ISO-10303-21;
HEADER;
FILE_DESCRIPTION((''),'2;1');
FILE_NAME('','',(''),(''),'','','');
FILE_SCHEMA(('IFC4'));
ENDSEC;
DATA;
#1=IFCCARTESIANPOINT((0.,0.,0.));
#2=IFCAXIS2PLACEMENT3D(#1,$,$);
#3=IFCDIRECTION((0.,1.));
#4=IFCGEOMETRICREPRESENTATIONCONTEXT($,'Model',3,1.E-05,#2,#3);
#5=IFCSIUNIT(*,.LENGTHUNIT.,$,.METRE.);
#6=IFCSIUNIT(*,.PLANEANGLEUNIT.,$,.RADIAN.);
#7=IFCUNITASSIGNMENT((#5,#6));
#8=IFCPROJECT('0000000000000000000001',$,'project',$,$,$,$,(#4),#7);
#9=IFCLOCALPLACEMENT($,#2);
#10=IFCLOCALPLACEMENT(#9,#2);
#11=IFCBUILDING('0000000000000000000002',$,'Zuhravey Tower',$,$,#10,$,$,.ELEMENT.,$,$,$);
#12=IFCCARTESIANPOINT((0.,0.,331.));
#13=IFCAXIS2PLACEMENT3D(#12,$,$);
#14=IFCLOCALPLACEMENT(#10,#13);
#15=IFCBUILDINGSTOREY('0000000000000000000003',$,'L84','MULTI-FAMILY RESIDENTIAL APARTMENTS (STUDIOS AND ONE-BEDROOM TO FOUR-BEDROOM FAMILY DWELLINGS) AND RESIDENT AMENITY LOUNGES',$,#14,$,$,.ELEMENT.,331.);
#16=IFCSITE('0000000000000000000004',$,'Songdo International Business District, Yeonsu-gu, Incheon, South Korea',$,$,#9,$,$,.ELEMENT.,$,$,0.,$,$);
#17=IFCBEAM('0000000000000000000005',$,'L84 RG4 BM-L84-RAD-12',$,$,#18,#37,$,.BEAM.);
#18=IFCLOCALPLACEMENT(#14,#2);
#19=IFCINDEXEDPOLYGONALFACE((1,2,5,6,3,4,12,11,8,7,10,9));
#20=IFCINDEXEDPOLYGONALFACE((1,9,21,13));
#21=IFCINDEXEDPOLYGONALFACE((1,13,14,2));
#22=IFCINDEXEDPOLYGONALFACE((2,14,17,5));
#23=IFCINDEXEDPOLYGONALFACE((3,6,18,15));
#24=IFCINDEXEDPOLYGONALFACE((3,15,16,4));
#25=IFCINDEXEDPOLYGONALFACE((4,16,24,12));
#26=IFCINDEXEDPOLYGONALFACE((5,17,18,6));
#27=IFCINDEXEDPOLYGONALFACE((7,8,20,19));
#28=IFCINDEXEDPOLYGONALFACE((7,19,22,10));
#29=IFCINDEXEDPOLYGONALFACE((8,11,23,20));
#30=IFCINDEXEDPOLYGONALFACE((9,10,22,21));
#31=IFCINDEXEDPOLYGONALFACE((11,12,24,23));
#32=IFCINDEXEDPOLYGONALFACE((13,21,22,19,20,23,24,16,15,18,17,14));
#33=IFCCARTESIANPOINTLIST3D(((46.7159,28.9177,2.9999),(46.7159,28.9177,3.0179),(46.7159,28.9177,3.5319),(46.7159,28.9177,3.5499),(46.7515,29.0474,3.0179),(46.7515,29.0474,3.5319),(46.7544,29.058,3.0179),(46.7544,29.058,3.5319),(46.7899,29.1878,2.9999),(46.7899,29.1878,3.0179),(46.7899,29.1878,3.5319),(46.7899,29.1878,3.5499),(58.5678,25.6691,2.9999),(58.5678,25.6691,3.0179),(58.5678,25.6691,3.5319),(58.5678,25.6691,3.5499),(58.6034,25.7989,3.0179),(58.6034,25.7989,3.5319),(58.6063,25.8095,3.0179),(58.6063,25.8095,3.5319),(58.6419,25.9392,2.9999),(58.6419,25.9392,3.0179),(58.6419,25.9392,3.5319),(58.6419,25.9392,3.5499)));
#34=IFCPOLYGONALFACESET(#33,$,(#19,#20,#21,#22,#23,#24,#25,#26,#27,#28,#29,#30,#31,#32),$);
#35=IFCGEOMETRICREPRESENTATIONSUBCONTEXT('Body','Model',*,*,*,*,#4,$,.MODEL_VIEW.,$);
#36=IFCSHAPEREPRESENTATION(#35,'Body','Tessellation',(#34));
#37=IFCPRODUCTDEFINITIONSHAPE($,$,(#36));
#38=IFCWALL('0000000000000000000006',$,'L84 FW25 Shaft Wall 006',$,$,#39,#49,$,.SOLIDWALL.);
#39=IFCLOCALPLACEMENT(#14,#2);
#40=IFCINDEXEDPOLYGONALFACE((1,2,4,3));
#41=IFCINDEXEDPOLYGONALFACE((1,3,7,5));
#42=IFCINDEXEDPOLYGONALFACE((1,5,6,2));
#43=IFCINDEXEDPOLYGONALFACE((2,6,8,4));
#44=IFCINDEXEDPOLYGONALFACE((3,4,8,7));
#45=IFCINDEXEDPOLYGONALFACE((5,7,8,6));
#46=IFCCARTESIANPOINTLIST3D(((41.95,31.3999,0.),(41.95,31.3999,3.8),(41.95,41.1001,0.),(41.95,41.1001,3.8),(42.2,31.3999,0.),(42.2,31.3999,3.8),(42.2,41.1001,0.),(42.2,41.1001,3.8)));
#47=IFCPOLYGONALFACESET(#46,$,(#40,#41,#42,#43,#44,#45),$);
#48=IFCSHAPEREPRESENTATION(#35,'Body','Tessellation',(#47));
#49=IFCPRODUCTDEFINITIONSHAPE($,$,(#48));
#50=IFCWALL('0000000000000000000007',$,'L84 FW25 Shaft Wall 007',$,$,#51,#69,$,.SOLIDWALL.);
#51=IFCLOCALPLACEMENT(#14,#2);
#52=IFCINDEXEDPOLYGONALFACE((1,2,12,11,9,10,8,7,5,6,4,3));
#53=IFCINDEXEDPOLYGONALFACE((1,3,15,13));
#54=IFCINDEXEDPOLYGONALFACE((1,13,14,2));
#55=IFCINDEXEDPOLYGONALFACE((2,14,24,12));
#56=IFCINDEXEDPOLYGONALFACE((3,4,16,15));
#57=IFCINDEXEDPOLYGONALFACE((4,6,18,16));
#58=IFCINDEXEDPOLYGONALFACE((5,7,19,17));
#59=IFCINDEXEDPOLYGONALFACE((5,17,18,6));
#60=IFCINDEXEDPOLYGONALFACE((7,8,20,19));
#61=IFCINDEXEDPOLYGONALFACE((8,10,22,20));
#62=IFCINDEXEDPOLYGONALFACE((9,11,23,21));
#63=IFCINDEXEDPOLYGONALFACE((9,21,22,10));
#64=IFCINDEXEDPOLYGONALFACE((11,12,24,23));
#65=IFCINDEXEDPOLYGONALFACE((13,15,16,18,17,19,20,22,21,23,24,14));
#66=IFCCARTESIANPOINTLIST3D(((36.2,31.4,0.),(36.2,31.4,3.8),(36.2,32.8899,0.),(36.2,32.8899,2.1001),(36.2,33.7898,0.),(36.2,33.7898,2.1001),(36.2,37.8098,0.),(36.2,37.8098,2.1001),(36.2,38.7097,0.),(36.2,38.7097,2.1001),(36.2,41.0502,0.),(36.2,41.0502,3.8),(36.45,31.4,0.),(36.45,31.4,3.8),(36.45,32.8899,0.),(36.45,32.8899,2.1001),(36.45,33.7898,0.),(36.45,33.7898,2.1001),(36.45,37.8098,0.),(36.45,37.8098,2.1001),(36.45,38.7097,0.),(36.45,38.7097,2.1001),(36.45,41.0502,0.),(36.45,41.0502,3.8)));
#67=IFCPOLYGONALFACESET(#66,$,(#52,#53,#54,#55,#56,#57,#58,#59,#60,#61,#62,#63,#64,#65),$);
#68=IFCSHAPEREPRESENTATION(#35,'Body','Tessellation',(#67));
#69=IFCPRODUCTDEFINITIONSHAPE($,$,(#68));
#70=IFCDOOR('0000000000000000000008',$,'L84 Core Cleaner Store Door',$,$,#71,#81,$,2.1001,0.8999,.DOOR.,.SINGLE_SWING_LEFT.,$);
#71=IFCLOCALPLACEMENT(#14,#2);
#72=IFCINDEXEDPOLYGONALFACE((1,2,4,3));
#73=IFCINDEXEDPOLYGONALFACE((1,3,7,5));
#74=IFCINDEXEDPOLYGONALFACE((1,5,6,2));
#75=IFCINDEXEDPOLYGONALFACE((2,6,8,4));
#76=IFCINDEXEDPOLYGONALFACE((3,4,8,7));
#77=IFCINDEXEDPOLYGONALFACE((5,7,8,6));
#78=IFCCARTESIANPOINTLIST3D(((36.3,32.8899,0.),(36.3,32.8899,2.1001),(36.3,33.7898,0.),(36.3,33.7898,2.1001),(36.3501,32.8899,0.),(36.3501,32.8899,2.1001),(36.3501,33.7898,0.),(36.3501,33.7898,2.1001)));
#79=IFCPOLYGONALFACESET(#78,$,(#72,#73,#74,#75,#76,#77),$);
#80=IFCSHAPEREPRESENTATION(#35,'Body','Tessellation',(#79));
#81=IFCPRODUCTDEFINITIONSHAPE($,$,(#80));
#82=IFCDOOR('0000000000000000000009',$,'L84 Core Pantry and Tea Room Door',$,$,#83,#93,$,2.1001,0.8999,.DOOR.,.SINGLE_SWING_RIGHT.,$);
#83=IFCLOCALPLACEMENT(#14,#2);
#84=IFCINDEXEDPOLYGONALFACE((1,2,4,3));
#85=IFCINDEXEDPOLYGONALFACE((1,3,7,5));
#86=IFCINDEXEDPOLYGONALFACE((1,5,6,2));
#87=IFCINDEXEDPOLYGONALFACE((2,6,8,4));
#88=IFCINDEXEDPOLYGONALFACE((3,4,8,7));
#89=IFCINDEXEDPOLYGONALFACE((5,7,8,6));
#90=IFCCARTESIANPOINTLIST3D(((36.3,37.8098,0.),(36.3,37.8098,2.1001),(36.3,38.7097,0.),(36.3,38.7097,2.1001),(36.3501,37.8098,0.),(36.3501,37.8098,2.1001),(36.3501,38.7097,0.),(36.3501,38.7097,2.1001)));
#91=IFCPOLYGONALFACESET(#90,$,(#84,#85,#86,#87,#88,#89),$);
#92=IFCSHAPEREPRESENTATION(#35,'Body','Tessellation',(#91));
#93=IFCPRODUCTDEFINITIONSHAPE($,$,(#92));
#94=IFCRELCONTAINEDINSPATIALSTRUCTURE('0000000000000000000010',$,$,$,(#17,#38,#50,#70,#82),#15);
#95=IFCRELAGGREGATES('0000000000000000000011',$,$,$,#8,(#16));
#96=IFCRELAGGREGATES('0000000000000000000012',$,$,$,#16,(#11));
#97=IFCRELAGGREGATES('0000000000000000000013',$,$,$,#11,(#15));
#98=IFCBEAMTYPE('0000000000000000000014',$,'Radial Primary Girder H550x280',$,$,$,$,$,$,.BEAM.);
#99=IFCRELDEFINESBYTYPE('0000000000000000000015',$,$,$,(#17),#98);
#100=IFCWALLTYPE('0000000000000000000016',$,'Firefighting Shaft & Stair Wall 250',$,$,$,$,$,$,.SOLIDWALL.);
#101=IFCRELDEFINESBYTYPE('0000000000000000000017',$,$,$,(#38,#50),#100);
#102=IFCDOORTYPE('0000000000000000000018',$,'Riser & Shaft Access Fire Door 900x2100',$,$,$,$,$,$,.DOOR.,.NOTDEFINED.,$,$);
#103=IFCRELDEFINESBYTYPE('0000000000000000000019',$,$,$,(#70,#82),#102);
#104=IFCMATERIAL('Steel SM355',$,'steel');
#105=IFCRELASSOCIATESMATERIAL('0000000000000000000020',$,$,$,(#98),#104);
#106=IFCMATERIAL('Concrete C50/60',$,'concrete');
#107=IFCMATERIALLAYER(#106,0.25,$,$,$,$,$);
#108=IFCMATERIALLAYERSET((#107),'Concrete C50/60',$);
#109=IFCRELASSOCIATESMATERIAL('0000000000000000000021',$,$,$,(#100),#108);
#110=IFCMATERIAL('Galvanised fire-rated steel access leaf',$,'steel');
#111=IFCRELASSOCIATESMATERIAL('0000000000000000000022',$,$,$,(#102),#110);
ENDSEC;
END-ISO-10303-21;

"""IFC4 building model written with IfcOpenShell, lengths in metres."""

from ifc_helpers import new_model, si_unit, direction, frame, frame_2d, origin, origin_2d, place, context, subcontext, project, spatial, rectangle, i_section, extrude, material, layer, layer_set, material_profile, profile_set, type_object, element, fill, save


model = new_model("IFC4")

# Units and contexts
model_context = context("Model", 3, precision=1e-05, world=origin(), true_north=direction((0.0, 1.0)))
body_context = subcontext(model_context, "Body", "Model", "MODEL_VIEW")
ifc_project = project(units=[si_unit("LENGTHUNIT", "METRE"), si_unit("PLANEANGLEUNIT", "RADIAN")], contexts=[model_context])

# Site, building, storey
site_placement = place(None, origin())
site = spatial("IfcSite", under=ifc_project, at=site_placement, Name="Songdo International Business District, Yeonsu-gu, Incheon, South Korea", CompositionType="ELEMENT", RefElevation=0.0)
building_placement = place(site_placement, origin())
building = spatial("IfcBuilding", under=site, at=building_placement, Name="Zuhravey Tower", CompositionType="ELEMENT")
storey_placement = place(building_placement, frame((0.0, 0.0, 331.0)))
storey = spatial("IfcBuildingStorey", under=building, at=storey_placement, Name="L84", Description="MULTI-FAMILY RESIDENTIAL APARTMENTS (STUDIOS AND ONE-BEDROOM TO FOUR-BEDROOM FAMILY DWELLINGS) AND RESIDENT AMENITY LOUNGES", CompositionType="ELEMENT", Elevation=331.0)

# Beam
ifc_material_1 = material(Name="Steel SM355", Category="steel")
ifc_material_profile = material_profile(ifc_material_1, i_section(OverallWidth=0.28, OverallDepth=0.55, WebThickness=0.011, FlangeThickness=0.0181, at=origin_2d()), Name="H-550x280x11x18")
ifc_profile_set = profile_set([ifc_material_profile], Name="Steel SM355")
beam_type = type_object("IfcBeamType", Name="Radial Primary Girder H550x280", PredefinedType="BEAM", material=ifc_profile_set)
beam_placement = place(storey_placement, frame((46.7529, 29.0527, 3.2749), z_axis=(0.964428, -0.264346, 0.0), x_axis=(0.264346, 0.964428, 0.0)))
element("IfcBeam", 1, at=beam_placement, inside=storey, type_object=beam_type, Name="L84 RG4 BM-L84-RAD-12", PredefinedType="BEAM", context=body_context, shape_type="SweptSolid", body=[
    extrude(i_section(OverallWidth=0.28, OverallDepth=0.55, WebThickness=0.011, FlangeThickness=0.0181, at=origin_2d()), origin(), (0.0, 0.0, 1.0), 12.2891),
])

# Wall
ifc_material_2 = material(Name="Concrete C50/60", Category="concrete")
ifc_layer_1 = layer(ifc_material_2, 0.25)
ifc_layer_set_1 = layer_set([ifc_layer_1], Name="Concrete C50/60")
wall_type_1 = type_object("IfcWallType", Name="Firefighting Shaft & Stair Wall 250", PredefinedType="SOLIDWALL", material=ifc_layer_set_1)
wall_1_placement = place(storey_placement, frame((42.075, 31.3999, 0.0), z_axis=(0.0, 0.0, 1.0), x_axis=(0.0, 1.0, 0.0)))
element("IfcWall", 2, at=wall_1_placement, inside=storey, type_object=wall_type_1, Name="L84 FW25 Shaft Wall 006", PredefinedType="SOLIDWALL", context=body_context, shape_type="SweptSolid", body=[
    extrude(rectangle(XDim=9.7002, YDim=0.25, at=frame_2d((4.8501, 0.0))), origin(), (0.0, 0.0, 1.0), 3.8),
])

# Wall, openings, doors
wall_2_placement = place(storey_placement, frame((36.325, 31.3999, 0.0), z_axis=(0.0, 0.0, 1.0), x_axis=(0.0, 1.0, 0.0)))
wall_2 = element("IfcWall", 3, at=wall_2_placement, inside=storey, type_object=wall_type_1, Name="L84 FW25 Shaft Wall 007", PredefinedType="SOLIDWALL", context=body_context, shape_type="SweptSolid", body=[
    extrude(rectangle(XDim=9.6501, YDim=0.25, at=frame_2d((4.8252, 0.0))), origin(), (0.0, 0.0, 1.0), 3.8),
])
opening_1_placement = place(wall_2_placement, frame((1.49, 0.0, 0.0)))
opening_1 = element("IfcOpeningElement", 4, at=opening_1_placement, cuts=wall_2, PredefinedType="OPENING", context=body_context, shape_type="SweptSolid", body=[
    extrude(rectangle(XDim=0.8999, YDim=2.1001, at=frame_2d((0.45, 1.05))), frame((0.0, 0.137, 0.0), z_axis=(0.0, -1.0, 0.0), x_axis=(1.0, 0.0, 0.0)), (0.0, 0.0, 1.0), 0.2739),
])
opening_2_placement = place(wall_2_placement, frame((6.4099, 0.0, 0.0)))
opening_2 = element("IfcOpeningElement", 5, at=opening_2_placement, cuts=wall_2, PredefinedType="OPENING", context=body_context, shape_type="SweptSolid", body=[
    extrude(rectangle(XDim=0.8999, YDim=2.1001, at=frame_2d((0.45, 1.05))), frame((0.0, 0.137, 0.0), z_axis=(0.0, -1.0, 0.0), x_axis=(1.0, 0.0, 0.0)), (0.0, 0.0, 1.0), 0.2739),
])
ifc_material_3 = material(Name="Galvanised fire-rated steel access leaf", Category="steel")
door_type_1 = type_object("IfcDoorType", Name="Riser & Shaft Access Fire Door 900x2100", OperationType="NOTDEFINED", PredefinedType="DOOR", material=ifc_material_3)
door_1_placement = place(opening_1_placement, origin())
door_1 = element("IfcDoor", 6, at=door_1_placement, inside=storey, type_object=door_type_1, Name="L84 Core Cleaner Store Door", OperationType="SINGLE_SWING_LEFT", OverallHeight=2.1001, OverallWidth=0.8999, PredefinedType="DOOR", context=body_context, shape_type="SweptSolid", body=[
    extrude(rectangle(XDim=0.8999, YDim=2.1001, at=frame_2d((0.45, 1.05))), frame((0.0, 0.0249, 0.0), z_axis=(0.0, -1.0, 0.0), x_axis=(1.0, 0.0, 0.0)), (0.0, 0.0, 1.0), 0.05),
])
fill(opening_1, door_1)
door_2_placement = place(opening_2_placement, origin())
door_2 = element("IfcDoor", 7, at=door_2_placement, inside=storey, type_object=door_type_1, Name="L84 Core Pantry and Tea Room Door", OperationType="SINGLE_SWING_RIGHT", OverallHeight=2.1001, OverallWidth=0.8999, PredefinedType="DOOR", context=body_context, shape_type="SweptSolid", body=[
    extrude(rectangle(XDim=0.8999, YDim=2.1001, at=frame_2d((0.45, 1.05))), frame((0.0, 0.0249, 0.0), z_axis=(0.0, -1.0, 0.0), x_axis=(1.0, 0.0, 0.0)), (0.0, 0.0, 1.0), 0.05),
])
fill(opening_2, door_2)

save(model, "model.ifc")
